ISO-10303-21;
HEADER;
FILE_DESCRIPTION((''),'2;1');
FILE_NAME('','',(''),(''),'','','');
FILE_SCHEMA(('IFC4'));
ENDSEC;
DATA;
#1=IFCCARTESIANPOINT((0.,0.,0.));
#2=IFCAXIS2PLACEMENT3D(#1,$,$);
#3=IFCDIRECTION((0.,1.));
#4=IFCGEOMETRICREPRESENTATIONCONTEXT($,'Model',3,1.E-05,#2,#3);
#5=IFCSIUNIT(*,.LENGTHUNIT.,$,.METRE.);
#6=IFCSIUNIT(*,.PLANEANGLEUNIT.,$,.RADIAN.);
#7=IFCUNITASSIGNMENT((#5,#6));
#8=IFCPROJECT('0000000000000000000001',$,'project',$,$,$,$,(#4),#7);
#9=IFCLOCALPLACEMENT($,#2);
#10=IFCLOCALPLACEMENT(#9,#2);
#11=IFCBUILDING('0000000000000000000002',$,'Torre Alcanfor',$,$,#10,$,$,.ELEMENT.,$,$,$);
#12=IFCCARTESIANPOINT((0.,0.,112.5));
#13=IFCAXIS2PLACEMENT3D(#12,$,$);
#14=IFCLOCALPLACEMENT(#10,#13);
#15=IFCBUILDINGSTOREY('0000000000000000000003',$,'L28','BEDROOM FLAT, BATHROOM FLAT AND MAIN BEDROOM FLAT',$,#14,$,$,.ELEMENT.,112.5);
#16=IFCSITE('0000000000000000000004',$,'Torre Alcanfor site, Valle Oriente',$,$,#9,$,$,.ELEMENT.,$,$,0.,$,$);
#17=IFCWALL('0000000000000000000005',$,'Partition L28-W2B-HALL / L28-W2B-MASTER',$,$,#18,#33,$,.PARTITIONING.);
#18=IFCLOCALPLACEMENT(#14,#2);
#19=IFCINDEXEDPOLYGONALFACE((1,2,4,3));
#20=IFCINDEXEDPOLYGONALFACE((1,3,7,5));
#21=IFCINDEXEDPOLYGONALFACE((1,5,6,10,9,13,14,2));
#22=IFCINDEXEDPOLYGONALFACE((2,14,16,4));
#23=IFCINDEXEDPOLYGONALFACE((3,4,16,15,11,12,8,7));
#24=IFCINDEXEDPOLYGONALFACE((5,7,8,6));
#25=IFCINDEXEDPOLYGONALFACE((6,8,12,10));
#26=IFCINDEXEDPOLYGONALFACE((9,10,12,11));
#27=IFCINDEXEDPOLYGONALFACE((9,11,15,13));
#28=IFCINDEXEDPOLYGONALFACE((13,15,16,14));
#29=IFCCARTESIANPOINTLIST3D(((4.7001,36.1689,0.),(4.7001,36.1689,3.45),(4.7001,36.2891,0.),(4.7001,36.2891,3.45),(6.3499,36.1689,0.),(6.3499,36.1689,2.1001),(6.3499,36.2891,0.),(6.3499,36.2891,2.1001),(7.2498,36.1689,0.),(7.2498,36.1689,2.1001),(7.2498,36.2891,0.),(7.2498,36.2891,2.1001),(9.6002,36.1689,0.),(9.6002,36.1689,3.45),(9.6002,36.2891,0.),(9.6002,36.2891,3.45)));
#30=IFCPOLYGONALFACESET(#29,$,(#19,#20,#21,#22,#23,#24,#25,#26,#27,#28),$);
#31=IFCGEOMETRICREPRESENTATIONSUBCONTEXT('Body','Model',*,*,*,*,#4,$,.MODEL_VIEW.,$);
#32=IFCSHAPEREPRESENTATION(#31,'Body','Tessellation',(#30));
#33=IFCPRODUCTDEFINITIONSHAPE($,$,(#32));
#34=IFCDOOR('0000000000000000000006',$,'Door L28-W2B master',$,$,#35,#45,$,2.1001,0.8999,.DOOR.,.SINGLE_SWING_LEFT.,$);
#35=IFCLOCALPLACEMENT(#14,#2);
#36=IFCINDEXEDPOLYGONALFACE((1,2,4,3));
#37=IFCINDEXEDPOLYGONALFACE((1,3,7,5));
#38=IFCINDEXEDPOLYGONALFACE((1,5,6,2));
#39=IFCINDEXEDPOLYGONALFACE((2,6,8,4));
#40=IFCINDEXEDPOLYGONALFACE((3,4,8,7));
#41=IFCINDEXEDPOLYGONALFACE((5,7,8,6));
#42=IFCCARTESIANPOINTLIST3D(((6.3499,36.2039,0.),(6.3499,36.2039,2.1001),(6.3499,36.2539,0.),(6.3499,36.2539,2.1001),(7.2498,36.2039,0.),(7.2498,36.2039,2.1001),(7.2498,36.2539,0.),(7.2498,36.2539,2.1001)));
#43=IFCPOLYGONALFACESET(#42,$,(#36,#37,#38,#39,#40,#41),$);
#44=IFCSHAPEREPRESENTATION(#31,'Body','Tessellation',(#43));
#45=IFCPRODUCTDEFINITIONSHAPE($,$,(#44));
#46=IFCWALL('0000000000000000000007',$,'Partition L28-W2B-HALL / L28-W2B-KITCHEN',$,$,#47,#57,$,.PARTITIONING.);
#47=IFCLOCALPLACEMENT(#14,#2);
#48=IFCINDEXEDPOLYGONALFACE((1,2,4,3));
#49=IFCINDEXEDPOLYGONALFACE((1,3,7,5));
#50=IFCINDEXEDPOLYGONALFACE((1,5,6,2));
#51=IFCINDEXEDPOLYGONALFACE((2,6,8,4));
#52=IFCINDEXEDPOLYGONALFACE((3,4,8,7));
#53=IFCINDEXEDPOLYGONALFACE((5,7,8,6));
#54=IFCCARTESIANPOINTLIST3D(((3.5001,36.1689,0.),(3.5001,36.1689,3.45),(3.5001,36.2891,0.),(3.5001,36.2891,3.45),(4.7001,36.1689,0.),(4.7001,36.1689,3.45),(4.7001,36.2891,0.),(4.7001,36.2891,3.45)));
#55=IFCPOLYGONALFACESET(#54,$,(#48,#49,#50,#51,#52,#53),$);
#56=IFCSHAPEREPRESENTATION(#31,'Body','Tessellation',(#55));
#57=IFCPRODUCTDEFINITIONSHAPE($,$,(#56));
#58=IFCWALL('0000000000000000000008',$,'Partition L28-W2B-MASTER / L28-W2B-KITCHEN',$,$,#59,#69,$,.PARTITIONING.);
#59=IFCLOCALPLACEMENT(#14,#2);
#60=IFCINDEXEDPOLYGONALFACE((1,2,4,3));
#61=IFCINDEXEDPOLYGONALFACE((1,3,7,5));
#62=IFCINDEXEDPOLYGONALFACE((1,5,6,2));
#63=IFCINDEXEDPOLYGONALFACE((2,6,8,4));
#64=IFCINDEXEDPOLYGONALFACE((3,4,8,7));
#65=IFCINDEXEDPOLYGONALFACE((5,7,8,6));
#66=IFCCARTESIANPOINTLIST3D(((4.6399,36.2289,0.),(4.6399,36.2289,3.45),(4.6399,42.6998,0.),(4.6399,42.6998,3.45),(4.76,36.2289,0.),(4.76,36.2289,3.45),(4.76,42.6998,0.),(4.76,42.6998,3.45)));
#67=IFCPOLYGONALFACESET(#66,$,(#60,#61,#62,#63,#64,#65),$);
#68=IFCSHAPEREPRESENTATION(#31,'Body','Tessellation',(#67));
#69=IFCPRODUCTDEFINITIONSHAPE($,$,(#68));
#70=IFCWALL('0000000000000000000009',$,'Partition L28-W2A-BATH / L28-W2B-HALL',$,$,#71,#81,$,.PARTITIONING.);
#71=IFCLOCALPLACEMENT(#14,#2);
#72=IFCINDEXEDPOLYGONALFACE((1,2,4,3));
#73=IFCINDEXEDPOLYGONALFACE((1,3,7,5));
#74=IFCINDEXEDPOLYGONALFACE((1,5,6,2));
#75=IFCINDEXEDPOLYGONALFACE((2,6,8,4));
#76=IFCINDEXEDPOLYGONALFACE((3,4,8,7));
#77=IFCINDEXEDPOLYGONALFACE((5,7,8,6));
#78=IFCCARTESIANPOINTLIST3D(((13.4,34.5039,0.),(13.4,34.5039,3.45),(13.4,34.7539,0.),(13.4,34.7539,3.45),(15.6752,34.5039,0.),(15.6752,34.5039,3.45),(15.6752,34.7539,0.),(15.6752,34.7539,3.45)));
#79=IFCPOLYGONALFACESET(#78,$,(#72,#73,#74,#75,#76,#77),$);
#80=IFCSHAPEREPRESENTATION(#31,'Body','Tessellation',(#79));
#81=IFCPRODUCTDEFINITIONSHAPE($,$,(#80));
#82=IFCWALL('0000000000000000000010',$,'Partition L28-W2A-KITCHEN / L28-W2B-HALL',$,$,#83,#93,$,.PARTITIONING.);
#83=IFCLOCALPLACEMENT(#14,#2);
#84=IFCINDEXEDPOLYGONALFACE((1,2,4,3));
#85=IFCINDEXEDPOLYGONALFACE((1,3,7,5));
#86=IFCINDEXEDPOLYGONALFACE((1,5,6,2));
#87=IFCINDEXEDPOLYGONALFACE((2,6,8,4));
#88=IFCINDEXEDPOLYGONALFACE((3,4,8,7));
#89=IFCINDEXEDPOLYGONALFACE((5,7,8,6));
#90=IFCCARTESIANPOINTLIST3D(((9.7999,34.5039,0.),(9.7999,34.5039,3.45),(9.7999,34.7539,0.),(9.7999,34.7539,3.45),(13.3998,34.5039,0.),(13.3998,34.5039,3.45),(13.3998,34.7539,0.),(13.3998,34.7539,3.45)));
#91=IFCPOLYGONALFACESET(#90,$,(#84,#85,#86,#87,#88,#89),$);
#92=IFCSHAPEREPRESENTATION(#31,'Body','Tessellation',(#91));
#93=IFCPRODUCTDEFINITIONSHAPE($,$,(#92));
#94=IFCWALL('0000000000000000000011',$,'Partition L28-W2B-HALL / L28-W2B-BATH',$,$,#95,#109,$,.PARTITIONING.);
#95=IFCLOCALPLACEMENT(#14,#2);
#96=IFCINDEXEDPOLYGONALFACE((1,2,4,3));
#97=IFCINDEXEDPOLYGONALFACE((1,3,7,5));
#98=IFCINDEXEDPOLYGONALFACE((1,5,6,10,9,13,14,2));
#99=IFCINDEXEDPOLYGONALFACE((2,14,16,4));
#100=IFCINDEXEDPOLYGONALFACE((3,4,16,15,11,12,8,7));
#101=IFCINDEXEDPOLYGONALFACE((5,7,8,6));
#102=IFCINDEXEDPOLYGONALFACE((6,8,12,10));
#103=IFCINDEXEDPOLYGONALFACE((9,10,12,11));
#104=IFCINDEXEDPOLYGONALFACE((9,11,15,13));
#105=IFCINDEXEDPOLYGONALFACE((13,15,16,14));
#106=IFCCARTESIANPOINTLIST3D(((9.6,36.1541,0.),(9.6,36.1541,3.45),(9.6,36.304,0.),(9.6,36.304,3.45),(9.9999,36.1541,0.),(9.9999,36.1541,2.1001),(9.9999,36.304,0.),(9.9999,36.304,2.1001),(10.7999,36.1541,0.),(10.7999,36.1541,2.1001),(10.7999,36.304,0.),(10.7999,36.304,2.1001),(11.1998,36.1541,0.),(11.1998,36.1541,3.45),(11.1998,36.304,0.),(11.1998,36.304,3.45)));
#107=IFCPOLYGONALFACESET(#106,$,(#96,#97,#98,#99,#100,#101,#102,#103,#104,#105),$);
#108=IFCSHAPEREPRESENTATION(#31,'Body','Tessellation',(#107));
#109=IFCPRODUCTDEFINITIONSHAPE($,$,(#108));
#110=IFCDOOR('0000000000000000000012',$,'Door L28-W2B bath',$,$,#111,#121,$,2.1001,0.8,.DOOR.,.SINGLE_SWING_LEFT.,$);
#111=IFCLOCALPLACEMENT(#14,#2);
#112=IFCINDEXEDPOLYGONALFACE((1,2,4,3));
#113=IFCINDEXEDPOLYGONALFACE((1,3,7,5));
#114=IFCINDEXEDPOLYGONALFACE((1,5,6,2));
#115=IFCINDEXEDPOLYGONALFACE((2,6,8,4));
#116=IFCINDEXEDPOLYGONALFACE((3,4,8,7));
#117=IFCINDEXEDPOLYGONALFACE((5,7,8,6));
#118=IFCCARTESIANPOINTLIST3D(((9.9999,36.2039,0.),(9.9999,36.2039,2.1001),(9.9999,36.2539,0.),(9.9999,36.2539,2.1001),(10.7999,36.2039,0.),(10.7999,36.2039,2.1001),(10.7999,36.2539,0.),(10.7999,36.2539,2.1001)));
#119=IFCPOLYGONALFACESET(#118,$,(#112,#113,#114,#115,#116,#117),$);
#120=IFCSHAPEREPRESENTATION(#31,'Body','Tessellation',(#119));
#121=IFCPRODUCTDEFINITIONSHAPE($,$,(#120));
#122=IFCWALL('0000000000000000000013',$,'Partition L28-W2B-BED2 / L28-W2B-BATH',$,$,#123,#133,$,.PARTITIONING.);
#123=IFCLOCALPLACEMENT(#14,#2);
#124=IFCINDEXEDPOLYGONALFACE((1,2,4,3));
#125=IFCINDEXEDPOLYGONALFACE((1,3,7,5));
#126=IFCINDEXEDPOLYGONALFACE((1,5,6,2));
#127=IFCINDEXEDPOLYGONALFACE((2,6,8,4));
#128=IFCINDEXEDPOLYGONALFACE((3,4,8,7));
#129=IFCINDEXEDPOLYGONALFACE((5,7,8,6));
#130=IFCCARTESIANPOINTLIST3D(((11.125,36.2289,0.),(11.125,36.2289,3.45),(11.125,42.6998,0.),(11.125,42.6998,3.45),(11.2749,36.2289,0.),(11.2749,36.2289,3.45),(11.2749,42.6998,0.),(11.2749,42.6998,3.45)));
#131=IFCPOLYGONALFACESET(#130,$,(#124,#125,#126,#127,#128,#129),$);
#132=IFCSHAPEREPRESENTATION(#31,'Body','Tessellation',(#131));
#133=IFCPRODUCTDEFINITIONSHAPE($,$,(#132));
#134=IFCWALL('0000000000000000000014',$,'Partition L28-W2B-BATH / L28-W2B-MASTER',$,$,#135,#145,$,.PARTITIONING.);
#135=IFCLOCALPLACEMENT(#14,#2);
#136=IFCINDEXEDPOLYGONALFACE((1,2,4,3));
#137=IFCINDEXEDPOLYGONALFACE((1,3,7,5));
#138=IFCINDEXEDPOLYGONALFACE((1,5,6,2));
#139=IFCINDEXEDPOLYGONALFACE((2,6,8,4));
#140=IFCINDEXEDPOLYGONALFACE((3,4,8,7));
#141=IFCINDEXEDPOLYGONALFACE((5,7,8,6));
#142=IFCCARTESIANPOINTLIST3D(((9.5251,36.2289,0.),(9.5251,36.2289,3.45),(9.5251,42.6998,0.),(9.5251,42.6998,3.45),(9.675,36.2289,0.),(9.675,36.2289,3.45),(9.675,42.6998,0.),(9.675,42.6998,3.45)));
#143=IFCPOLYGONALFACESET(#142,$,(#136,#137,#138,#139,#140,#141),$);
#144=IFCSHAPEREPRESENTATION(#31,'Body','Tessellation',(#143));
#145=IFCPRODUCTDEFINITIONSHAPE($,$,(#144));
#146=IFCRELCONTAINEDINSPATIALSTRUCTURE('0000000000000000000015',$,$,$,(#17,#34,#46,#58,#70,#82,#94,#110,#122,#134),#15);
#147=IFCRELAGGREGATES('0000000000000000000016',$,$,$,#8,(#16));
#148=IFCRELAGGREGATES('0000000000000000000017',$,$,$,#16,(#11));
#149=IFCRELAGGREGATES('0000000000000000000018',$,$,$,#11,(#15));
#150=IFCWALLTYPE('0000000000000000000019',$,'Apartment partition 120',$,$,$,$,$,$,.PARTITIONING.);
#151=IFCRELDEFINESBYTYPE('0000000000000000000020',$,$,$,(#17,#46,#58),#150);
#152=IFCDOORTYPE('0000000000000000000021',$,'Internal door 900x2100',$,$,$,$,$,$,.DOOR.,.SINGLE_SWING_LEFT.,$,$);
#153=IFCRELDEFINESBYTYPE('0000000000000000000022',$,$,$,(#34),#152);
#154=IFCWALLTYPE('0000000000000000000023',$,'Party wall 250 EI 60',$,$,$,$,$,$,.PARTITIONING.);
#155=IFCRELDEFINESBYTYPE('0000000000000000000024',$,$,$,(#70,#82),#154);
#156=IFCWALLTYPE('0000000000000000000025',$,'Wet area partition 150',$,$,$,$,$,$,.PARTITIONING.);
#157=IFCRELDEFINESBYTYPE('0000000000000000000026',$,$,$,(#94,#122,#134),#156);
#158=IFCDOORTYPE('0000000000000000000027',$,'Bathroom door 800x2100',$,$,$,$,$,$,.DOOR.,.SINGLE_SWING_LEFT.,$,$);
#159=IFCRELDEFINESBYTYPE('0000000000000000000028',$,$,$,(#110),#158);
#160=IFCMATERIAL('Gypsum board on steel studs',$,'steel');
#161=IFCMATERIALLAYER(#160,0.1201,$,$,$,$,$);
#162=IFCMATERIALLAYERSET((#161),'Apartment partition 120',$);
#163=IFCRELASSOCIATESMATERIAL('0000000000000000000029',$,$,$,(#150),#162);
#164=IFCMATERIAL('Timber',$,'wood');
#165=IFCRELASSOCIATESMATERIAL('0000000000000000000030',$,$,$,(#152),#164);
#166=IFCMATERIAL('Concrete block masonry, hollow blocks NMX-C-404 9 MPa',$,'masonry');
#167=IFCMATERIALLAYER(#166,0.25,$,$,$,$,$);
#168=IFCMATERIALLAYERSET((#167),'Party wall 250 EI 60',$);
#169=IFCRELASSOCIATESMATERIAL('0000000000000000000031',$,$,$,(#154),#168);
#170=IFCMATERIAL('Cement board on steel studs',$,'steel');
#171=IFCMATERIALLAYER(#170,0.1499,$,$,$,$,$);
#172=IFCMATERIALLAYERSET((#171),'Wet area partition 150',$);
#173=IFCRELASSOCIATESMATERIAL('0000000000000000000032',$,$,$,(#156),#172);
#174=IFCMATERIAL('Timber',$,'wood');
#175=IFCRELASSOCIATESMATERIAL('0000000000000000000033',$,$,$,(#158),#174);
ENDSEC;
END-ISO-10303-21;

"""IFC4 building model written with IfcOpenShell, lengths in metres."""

from ifc_helpers import new_model, si_unit, direction, frame, frame_2d, origin, place, context, subcontext, project, spatial, rectangle, extrude, material, layer, layer_set, type_object, element, fill, save


model = new_model("IFC4")

# Units and contexts
model_context = context("Model", 3, precision=1e-05, world=origin(), true_north=direction((0.0, 1.0)))
body_context = subcontext(model_context, "Body", "Model", "MODEL_VIEW")
ifc_project = project(units=[si_unit("LENGTHUNIT", "METRE"), si_unit("PLANEANGLEUNIT", "RADIAN")], contexts=[model_context])

# Site, building, storey
site_placement = place(None, origin())
site = spatial("IfcSite", under=ifc_project, at=site_placement, Name="Torre Alcanfor site, Valle Oriente", CompositionType="ELEMENT", RefElevation=0.0)
building_placement = place(site_placement, origin())
building = spatial("IfcBuilding", under=site, at=building_placement, Name="Torre Alcanfor", CompositionType="ELEMENT")
storey_placement = place(building_placement, frame((0.0, 0.0, 112.5)))
storey = spatial("IfcBuildingStorey", under=building, at=storey_placement, Name="L28", Description="BEDROOM FLAT, BATHROOM FLAT AND MAIN BEDROOM FLAT", CompositionType="ELEMENT", Elevation=112.5)

# Wall, opening, door
ifc_material_1 = material(Name="Gypsum board on steel studs", Category="steel")
ifc_layer_1 = layer(ifc_material_1, 0.1201)
ifc_layer_set_1 = layer_set([ifc_layer_1], Name="Apartment partition 120")
wall_type_1 = type_object("IfcWallType", Name="Apartment partition 120", PredefinedType="PARTITIONING", material=ifc_layer_set_1)
ifc_material_2 = material(Name="Timber", Category="wood")
door_type_1 = type_object("IfcDoorType", Name="Internal door 900x2100", OperationType="SINGLE_SWING_LEFT", PredefinedType="DOOR", material=ifc_material_2)
wall_1_placement = place(storey_placement, frame((4.7, 36.229, 0.0), z_axis=(0.0, 0.0, 1.0), x_axis=(1.0, 0.0, 0.0)))
wall_1 = element("IfcWall", 1, at=wall_1_placement, inside=storey, type_object=wall_type_1, Name="Partition L28-W2B-HALL / L28-W2B-MASTER", PredefinedType="PARTITIONING", context=body_context, shape_type="SweptSolid", body=[
    extrude(rectangle(XDim=4.9001, YDim=0.1201, at=frame_2d((2.4502, 0.0))), origin(), (0.0, 0.0, 1.0), 3.45),
])
opening_1_placement = place(wall_1_placement, frame((1.6499, 0.0, 0.0)))
opening_1 = element("IfcOpeningElement", 2, at=opening_1_placement, cuts=wall_1, PredefinedType="OPENING", context=body_context, shape_type="SweptSolid", body=[
    extrude(rectangle(XDim=0.8999, YDim=2.1001, at=frame_2d((0.45, 1.05))), frame((0.0, 0.0701, 0.0), z_axis=(0.0, -1.0, 0.0), x_axis=(1.0, 0.0, 0.0)), (0.0, 0.0, 1.0), 0.1401),
])
door_1_placement = place(opening_1_placement, origin())
door_1 = element("IfcDoor", 3, at=door_1_placement, inside=storey, type_object=door_type_1, Name="Door L28-W2B master", OperationType="SINGLE_SWING_LEFT", OverallHeight=2.1001, OverallWidth=0.8999, PredefinedType="DOOR", context=body_context, shape_type="SweptSolid", body=[
    extrude(rectangle(XDim=0.8999, YDim=2.1001, at=frame_2d((0.45, 1.05))), frame((0.0, 0.0249, 0.0), z_axis=(0.0, -1.0, 0.0), x_axis=(1.0, 0.0, 0.0)), (0.0, 0.0, 1.0), 0.05),
])
fill(opening_1, door_1)

# Walls
wall_2_placement = place(storey_placement, frame((3.5, 36.229, 0.0), z_axis=(0.0, 0.0, 1.0), x_axis=(1.0, 0.0, 0.0)))
element("IfcWall", 4, at=wall_2_placement, inside=storey, type_object=wall_type_1, Name="Partition L28-W2B-HALL / L28-W2B-KITCHEN", PredefinedType="PARTITIONING", context=body_context, shape_type="SweptSolid", body=[
    extrude(rectangle(XDim=1.2, YDim=0.1201, at=frame_2d((0.6001, 0.0))), origin(), (0.0, 0.0, 1.0), 3.45),
])
wall_3_placement = place(storey_placement, frame((4.7, 36.229, 0.0), z_axis=(0.0, 0.0, 1.0), x_axis=(0.0, 1.0, 0.0)))
element("IfcWall", 5, at=wall_3_placement, inside=storey, type_object=wall_type_1, Name="Partition L28-W2B-MASTER / L28-W2B-KITCHEN", PredefinedType="PARTITIONING", context=body_context, shape_type="SweptSolid", body=[
    extrude(rectangle(XDim=6.4709, YDim=0.1201, at=frame_2d((3.2354, 0.0))), origin(), (0.0, 0.0, 1.0), 3.45),
])
ifc_material_3 = material(Name="Concrete block masonry, hollow blocks NMX-C-404 9 MPa", Category="masonry")
ifc_layer_2 = layer(ifc_material_3, 0.25)
ifc_layer_set_2 = layer_set([ifc_layer_2], Name="Party wall 250 EI 60")
wall_type_2 = type_object("IfcWallType", Name="Party wall 250 EI 60", PredefinedType="PARTITIONING", material=ifc_layer_set_2)
wall_4_placement = place(storey_placement, frame((13.3999, 34.6289, 0.0), z_axis=(0.0, 0.0, 1.0), x_axis=(1.0, 0.0, 0.0)))
element("IfcWall", 6, at=wall_4_placement, inside=storey, type_object=wall_type_2, Name="Partition L28-W2A-BATH / L28-W2B-HALL", PredefinedType="PARTITIONING", context=body_context, shape_type="SweptSolid", body=[
    extrude(rectangle(XDim=2.2751, YDim=0.25, at=frame_2d((1.1377, 0.0))), origin(), (0.0, 0.0, 1.0), 3.45),
])
wall_5_placement = place(storey_placement, frame((9.8, 34.6289, 0.0), z_axis=(0.0, 0.0, 1.0), x_axis=(1.0, 0.0, 0.0)))
element("IfcWall", 7, at=wall_5_placement, inside=storey, type_object=wall_type_2, Name="Partition L28-W2A-KITCHEN / L28-W2B-HALL", PredefinedType="PARTITIONING", context=body_context, shape_type="SweptSolid", body=[
    extrude(rectangle(XDim=3.5999, YDim=0.25, at=frame_2d((1.7998, 0.0))), origin(), (0.0, 0.0, 1.0), 3.45),
])

# Wall, opening, door
ifc_material_4 = material(Name="Cement board on steel studs", Category="steel")
ifc_layer_3 = layer(ifc_material_4, 0.1499)
ifc_layer_set_3 = layer_set([ifc_layer_3], Name="Wet area partition 150")
wall_type_3 = type_object("IfcWallType", Name="Wet area partition 150", PredefinedType="PARTITIONING", material=ifc_layer_set_3)
wall_6_placement = place(storey_placement, frame((9.6001, 36.229, 0.0), z_axis=(0.0, 0.0, 1.0), x_axis=(1.0, 0.0, 0.0)))
wall_6 = element("IfcWall", 8, at=wall_6_placement, inside=storey, type_object=wall_type_3, Name="Partition L28-W2B-HALL / L28-W2B-BATH", PredefinedType="PARTITIONING", context=body_context, shape_type="SweptSolid", body=[
    extrude(rectangle(XDim=1.5999, YDim=0.1499, at=frame_2d((0.7998, 0.0))), origin(), (0.0, 0.0, 1.0), 3.45),
])
opening_2_placement = place(wall_6_placement, frame((0.3999, 0.0, 0.0)))
opening_2 = element("IfcOpeningElement", 9, at=opening_2_placement, cuts=wall_6, PredefinedType="OPENING", context=body_context, shape_type="SweptSolid", body=[
    extrude(rectangle(XDim=0.8, YDim=2.1001, at=frame_2d((0.3999, 1.05))), frame((0.0, 0.085, 0.0), z_axis=(0.0, -1.0, 0.0), x_axis=(1.0, 0.0, 0.0)), (0.0, 0.0, 1.0), 0.1699),
])
ifc_material_5 = material(Name="Timber", Category="wood")
door_type_2 = type_object("IfcDoorType", Name="Bathroom door 800x2100", OperationType="SINGLE_SWING_LEFT", PredefinedType="DOOR", material=ifc_material_5)
door_2_placement = place(opening_2_placement, origin())
door_2 = element("IfcDoor", 10, at=door_2_placement, inside=storey, type_object=door_type_2, Name="Door L28-W2B bath", OperationType="SINGLE_SWING_LEFT", OverallHeight=2.1001, OverallWidth=0.8, PredefinedType="DOOR", context=body_context, shape_type="SweptSolid", body=[
    extrude(rectangle(XDim=0.8, YDim=2.1001, at=frame_2d((0.3999, 1.05))), frame((0.0, 0.0249, 0.0), z_axis=(0.0, -1.0, 0.0), x_axis=(1.0, 0.0, 0.0)), (0.0, 0.0, 1.0), 0.05),
])
fill(opening_2, door_2)

# Walls
for number, where, z_axis, x_axis, name in (
    (11, (11.2, 36.229, 0.0), (0.0, 0.0, 1.0), (0.0, 1.0, 0.0), "Partition L28-W2B-BED2 / L28-W2B-BATH"),
    (12, (9.6001, 36.229, 0.0), (0.0, 0.0, 1.0), (0.0, 1.0, 0.0), "Partition L28-W2B-BATH / L28-W2B-MASTER"),
):
    element("IfcWall", number, at=place(storey_placement, frame(where, z_axis=z_axis, x_axis=x_axis)), inside=storey, type_object=wall_type_3, Name=name, PredefinedType="PARTITIONING", context=body_context, shape_type="SweptSolid", body=[
        extrude(rectangle(XDim=6.4709, YDim=0.1499, at=frame_2d((3.2354, 0.0))), origin(), (0.0, 0.0, 1.0), 3.45),
    ])

save(model, "model.ifc")
